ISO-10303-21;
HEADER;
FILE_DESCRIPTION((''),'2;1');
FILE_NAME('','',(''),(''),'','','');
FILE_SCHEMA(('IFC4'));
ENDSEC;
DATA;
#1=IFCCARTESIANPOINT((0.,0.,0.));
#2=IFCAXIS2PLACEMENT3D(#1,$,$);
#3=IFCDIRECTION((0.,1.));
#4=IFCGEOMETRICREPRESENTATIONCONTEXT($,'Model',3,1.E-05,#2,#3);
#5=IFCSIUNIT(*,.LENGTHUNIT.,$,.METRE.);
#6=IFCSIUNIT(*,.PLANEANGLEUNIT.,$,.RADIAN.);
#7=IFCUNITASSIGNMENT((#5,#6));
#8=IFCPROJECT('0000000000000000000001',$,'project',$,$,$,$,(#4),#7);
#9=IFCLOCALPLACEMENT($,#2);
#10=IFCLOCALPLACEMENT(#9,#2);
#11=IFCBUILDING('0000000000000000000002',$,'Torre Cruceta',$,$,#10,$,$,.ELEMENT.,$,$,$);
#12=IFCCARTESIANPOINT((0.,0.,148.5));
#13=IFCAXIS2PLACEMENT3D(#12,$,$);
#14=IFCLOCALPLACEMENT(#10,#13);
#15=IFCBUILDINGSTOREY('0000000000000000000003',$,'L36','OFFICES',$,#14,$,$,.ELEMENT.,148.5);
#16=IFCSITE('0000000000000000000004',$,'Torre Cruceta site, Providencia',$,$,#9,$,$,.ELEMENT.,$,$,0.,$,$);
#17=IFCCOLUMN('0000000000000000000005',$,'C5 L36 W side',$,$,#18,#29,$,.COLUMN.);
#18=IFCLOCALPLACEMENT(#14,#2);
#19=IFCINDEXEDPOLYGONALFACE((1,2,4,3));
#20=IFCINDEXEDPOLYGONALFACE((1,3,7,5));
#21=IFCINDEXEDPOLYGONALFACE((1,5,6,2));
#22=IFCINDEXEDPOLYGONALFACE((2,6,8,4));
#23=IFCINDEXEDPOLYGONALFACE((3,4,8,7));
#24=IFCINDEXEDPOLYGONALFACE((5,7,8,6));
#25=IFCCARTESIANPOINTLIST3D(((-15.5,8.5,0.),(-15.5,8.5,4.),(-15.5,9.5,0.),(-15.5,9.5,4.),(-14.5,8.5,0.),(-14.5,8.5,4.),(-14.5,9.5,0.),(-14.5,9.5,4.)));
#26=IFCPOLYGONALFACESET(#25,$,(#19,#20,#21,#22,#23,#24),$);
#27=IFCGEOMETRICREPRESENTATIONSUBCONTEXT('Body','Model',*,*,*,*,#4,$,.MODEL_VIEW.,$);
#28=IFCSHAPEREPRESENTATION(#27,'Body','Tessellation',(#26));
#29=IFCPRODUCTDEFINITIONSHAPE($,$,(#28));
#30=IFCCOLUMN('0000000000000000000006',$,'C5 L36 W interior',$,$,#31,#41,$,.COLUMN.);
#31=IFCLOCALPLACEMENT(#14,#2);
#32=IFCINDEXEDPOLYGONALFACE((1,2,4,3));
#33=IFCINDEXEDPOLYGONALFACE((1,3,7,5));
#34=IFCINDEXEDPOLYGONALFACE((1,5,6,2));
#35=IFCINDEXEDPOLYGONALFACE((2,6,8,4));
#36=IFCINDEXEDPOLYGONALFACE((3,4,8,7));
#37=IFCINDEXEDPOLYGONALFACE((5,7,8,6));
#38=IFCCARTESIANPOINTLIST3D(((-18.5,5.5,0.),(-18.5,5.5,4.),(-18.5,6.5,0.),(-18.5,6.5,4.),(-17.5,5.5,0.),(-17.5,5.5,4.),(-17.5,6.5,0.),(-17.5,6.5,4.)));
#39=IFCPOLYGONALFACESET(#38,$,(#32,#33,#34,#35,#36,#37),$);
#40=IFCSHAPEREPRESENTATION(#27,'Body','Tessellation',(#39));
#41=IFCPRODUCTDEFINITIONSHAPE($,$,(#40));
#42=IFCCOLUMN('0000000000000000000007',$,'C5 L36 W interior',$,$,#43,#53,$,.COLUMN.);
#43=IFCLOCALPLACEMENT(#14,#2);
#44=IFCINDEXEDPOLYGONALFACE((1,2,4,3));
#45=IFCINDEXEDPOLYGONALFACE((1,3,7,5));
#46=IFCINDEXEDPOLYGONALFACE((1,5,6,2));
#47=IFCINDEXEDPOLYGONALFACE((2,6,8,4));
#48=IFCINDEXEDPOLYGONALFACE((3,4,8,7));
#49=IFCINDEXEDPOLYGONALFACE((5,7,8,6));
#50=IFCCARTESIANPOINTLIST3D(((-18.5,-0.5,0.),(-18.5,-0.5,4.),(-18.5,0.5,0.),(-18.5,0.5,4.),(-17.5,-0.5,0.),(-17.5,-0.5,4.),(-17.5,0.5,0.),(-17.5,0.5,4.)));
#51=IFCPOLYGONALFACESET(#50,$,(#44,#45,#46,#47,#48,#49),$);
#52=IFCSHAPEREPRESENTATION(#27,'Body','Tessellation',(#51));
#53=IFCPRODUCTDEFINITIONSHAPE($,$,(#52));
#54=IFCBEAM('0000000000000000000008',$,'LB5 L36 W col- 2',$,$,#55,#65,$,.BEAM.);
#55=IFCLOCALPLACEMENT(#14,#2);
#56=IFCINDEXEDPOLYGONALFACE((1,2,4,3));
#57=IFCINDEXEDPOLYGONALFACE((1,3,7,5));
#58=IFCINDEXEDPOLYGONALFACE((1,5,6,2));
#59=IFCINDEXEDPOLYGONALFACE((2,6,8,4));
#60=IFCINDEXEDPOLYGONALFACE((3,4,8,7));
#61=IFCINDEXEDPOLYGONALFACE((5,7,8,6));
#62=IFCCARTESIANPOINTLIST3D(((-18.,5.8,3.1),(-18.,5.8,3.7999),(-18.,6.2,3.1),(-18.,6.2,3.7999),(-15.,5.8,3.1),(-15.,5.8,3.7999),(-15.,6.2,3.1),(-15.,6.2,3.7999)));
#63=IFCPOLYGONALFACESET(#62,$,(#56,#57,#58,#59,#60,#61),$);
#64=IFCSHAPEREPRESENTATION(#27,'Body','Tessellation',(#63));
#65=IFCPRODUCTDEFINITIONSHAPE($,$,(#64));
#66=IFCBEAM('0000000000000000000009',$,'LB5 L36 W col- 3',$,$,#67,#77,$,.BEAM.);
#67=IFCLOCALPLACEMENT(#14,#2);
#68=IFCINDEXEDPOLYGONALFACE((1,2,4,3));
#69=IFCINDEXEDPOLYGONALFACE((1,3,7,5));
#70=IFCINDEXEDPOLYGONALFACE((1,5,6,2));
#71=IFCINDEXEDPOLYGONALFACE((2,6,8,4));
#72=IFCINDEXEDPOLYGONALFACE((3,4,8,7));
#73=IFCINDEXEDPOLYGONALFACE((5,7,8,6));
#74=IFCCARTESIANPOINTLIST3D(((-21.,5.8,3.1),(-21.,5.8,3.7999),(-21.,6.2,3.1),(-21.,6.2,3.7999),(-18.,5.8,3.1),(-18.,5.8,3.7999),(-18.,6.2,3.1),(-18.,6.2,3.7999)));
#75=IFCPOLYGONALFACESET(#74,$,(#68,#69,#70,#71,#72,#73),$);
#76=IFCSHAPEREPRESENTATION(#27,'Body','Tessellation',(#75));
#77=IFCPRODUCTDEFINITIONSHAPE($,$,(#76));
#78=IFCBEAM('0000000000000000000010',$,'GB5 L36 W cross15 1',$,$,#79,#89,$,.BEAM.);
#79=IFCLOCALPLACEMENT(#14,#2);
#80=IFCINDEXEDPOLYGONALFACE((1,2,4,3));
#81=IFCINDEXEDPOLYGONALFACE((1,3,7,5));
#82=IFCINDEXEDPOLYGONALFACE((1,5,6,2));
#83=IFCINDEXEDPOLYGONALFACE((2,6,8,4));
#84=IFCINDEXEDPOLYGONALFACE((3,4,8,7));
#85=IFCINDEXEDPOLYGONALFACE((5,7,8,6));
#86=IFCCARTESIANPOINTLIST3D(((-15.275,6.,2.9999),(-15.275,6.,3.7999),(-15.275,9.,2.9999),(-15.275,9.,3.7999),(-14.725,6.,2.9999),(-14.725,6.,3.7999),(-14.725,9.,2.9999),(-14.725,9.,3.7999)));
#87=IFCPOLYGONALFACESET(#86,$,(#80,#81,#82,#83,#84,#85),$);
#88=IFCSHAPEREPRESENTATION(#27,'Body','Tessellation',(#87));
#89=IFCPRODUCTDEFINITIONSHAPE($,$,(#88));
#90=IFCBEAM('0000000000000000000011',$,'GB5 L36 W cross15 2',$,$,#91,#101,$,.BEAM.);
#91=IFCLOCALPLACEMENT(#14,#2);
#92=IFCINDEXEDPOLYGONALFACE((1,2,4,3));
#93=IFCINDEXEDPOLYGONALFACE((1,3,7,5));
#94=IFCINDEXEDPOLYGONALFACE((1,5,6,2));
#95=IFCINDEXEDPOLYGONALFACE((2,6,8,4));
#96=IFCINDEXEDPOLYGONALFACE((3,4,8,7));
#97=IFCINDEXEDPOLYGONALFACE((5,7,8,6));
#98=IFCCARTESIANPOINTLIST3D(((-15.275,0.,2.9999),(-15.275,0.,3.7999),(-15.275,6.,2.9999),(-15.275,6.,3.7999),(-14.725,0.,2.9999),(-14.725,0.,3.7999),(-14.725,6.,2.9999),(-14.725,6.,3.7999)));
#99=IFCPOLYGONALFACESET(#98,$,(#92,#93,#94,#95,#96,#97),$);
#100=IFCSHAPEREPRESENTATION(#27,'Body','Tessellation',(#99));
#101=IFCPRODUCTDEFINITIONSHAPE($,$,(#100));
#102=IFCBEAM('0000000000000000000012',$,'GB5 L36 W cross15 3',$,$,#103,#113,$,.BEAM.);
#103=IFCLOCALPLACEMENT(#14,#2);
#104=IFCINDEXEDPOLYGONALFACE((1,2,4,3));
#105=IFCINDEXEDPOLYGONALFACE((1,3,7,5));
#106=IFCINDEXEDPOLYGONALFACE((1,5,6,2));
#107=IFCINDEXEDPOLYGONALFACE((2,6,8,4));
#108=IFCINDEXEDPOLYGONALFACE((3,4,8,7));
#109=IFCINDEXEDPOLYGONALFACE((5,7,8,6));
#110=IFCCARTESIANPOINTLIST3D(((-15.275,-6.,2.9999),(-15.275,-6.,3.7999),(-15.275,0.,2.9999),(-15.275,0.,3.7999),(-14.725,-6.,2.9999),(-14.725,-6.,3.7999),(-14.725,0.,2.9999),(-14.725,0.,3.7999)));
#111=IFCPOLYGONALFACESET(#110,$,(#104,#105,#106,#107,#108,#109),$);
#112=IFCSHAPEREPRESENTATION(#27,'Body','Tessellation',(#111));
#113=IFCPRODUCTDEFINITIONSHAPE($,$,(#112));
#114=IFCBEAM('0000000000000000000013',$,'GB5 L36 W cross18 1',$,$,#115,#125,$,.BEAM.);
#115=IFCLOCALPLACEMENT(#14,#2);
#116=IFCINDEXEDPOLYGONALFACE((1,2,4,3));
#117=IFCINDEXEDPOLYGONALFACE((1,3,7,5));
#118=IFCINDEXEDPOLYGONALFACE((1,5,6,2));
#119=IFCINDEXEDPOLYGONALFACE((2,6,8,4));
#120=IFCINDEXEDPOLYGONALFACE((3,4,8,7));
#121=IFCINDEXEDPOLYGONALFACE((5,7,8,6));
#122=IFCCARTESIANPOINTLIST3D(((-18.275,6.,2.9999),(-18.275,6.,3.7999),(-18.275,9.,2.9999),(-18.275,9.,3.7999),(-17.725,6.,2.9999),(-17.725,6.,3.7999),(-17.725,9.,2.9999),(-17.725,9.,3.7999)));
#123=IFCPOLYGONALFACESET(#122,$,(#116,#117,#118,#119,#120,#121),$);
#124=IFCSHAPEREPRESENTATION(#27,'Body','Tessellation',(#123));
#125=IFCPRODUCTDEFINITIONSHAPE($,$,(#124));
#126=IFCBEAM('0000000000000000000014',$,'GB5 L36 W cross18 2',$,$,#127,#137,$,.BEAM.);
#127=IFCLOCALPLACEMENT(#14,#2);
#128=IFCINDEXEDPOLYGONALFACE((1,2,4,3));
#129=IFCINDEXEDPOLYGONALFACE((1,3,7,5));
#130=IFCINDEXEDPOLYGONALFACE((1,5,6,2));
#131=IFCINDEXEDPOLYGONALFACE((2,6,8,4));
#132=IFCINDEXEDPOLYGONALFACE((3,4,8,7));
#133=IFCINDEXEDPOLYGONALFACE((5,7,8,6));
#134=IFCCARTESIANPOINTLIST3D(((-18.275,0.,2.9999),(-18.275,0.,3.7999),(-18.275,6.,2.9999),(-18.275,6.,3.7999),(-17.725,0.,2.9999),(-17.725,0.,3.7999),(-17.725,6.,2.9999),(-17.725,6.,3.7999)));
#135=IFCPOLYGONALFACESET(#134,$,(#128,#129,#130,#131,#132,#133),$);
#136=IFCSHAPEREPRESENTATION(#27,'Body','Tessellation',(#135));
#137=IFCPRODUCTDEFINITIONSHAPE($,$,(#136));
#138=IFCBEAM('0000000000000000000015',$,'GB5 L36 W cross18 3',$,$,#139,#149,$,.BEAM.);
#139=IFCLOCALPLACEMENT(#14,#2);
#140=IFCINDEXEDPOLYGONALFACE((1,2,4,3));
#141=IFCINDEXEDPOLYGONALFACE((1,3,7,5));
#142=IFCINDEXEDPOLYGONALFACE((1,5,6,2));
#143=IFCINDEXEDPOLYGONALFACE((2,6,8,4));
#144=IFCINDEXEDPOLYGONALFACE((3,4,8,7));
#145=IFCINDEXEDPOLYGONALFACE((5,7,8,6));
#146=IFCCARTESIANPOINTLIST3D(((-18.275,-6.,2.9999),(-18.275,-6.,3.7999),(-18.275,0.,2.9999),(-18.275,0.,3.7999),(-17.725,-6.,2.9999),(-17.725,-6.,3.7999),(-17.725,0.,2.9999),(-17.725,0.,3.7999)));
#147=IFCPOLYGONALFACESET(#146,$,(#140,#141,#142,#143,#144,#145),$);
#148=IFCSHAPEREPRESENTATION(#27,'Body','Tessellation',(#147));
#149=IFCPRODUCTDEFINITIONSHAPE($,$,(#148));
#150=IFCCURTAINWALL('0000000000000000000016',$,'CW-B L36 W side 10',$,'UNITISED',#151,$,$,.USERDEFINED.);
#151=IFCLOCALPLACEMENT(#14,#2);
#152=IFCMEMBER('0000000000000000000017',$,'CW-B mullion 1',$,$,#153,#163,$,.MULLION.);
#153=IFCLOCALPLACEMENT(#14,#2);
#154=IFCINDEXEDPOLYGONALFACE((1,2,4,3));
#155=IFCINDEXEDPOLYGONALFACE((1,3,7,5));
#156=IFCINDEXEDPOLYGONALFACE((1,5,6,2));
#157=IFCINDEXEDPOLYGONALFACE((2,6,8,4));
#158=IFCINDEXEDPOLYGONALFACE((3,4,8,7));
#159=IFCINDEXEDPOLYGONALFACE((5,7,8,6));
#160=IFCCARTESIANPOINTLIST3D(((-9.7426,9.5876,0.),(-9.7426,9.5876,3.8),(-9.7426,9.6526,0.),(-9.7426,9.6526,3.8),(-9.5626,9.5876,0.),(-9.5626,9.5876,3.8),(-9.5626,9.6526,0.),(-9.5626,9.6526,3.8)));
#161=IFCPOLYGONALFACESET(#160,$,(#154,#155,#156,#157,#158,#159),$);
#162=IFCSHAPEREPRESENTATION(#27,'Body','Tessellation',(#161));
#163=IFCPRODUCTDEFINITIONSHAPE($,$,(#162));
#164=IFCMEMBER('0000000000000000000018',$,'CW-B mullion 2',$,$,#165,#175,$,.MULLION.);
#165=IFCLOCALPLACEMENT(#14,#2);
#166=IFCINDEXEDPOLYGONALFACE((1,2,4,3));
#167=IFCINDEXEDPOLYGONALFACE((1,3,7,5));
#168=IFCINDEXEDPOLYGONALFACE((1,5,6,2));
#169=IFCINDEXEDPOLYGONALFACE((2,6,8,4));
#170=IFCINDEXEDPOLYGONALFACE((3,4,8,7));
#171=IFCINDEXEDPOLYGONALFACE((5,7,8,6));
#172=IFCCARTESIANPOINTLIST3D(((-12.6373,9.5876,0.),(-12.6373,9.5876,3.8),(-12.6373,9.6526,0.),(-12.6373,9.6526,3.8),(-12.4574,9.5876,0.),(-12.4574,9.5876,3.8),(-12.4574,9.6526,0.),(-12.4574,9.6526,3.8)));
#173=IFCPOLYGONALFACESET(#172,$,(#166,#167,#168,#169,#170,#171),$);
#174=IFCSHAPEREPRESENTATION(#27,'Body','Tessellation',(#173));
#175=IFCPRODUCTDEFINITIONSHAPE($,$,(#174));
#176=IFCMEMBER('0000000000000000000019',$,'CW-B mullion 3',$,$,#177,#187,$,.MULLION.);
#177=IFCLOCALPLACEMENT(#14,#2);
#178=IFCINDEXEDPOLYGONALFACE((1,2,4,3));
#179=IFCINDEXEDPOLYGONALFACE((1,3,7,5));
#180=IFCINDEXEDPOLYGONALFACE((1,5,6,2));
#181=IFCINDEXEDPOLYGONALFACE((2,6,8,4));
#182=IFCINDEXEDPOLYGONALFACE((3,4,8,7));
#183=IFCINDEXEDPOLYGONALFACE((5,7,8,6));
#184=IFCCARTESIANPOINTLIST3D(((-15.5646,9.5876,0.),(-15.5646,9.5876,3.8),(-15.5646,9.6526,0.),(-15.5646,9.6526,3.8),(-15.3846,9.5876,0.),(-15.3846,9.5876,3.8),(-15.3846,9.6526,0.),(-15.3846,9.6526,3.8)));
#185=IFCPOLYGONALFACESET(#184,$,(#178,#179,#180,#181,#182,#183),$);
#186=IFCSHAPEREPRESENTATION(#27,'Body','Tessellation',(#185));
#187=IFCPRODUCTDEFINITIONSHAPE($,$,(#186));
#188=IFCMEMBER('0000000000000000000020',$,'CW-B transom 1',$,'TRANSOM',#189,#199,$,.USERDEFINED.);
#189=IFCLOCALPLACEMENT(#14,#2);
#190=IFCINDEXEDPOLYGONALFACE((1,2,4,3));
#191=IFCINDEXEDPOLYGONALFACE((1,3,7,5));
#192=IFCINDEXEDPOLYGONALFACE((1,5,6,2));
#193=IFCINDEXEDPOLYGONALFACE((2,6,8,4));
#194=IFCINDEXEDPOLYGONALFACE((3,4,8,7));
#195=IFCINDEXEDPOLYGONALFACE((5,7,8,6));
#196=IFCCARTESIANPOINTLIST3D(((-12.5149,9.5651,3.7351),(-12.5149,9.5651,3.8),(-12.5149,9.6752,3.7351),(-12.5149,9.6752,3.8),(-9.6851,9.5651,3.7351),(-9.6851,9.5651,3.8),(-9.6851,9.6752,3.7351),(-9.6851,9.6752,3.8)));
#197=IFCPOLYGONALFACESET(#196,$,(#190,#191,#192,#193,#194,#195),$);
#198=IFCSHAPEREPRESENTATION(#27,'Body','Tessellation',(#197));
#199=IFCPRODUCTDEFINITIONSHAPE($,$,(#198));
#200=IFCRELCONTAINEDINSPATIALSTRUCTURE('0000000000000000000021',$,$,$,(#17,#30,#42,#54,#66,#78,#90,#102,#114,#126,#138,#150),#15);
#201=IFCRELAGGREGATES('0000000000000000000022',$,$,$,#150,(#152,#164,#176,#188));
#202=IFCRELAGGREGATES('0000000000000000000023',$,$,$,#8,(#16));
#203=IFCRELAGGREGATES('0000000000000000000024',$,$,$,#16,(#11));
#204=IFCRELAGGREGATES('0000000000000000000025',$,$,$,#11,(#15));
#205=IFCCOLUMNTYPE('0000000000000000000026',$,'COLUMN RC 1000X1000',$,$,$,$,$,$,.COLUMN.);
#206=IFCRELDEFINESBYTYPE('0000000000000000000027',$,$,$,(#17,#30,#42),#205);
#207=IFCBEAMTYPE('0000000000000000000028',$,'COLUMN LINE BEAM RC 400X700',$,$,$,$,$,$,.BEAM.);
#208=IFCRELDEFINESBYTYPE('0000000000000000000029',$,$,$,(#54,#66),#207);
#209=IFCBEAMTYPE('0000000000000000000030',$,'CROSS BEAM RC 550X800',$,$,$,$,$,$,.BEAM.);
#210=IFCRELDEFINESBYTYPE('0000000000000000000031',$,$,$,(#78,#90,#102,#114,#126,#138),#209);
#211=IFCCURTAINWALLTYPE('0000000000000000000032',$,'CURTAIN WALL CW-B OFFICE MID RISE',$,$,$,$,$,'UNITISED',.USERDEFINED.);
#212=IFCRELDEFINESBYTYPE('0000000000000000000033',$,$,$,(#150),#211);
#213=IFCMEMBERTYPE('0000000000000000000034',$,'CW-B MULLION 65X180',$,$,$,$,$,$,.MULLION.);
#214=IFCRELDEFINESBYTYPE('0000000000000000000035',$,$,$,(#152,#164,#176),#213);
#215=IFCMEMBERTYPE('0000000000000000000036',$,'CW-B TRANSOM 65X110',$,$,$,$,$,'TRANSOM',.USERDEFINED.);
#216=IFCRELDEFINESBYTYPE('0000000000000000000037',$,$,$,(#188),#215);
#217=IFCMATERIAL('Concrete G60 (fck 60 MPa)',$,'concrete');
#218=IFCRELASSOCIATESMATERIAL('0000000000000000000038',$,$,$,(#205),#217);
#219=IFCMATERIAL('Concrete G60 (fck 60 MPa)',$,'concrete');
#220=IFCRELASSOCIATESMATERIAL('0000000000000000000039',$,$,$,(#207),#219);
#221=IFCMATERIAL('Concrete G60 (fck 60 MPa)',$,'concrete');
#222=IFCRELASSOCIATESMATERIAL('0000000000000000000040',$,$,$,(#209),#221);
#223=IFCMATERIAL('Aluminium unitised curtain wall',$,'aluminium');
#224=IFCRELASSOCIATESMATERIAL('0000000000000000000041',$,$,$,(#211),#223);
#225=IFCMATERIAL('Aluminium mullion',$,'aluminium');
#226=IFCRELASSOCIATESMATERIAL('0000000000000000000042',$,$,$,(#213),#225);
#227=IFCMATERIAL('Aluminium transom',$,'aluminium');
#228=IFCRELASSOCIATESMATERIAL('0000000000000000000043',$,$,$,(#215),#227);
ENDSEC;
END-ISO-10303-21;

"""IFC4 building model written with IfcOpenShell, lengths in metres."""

from ifc_helpers import new_model, si_unit, direction, frame, origin, origin_2d, place, context, subcontext, project, spatial, rectangle, extrude, material, material_profile, profile_set, type_object, element, aggregate, save


model = new_model("IFC4")

# Units and contexts
model_context = context("Model", 3, precision=1e-05, world=origin(), true_north=direction((0.0, 1.0)))
body_context = subcontext(model_context, "Body", "Model", "MODEL_VIEW")
ifc_project = project(units=[si_unit("LENGTHUNIT", "METRE"), si_unit("PLANEANGLEUNIT", "RADIAN")], contexts=[model_context])

# Site, building, storey
site_placement = place(None, origin())
site = spatial("IfcSite", under=ifc_project, at=site_placement, Name="Torre Cruceta site, Providencia", CompositionType="ELEMENT", RefElevation=0.0)
building_placement = place(site_placement, origin())
building = spatial("IfcBuilding", under=site, at=building_placement, Name="Torre Cruceta", CompositionType="ELEMENT")
storey_placement = place(building_placement, frame((0.0, 0.0, 148.5)))
storey = spatial("IfcBuildingStorey", under=building, at=storey_placement, Name="L36", Description="OFFICES", CompositionType="ELEMENT", Elevation=148.5)

# Columns
ifc_material_1 = material(Name="Concrete G60 (fck 60 MPa)", Category="concrete")
ifc_material_profile_1 = material_profile(ifc_material_1, rectangle(XDim=1.0, YDim=1.0, at=origin_2d()), Name="RC 1000X1000")
ifc_profile_set_1 = profile_set([ifc_material_profile_1], Name="Concrete G60 (fck 60 MPa)")
column_type = type_object("IfcColumnType", Name="COLUMN RC 1000X1000", PredefinedType="COLUMN", material=ifc_profile_set_1)
for number, where, z_axis, x_axis, name in (
    (1, (-15.0, 9.0, 0.0), (0.0, 0.0, 1.0), (1.0, 0.0, 0.0), "C5 L36 W side"),
    (2, (-18.0, 6.0, 0.0), (0.0, 0.0, 1.0), (1.0, 0.0, 0.0), "C5 L36 W interior"),
    (3, (-18.0, 0.0, 0.0), (0.0, 0.0, 1.0), (1.0, 0.0, 0.0), "C5 L36 W interior"),
):
    element("IfcColumn", number, at=place(storey_placement, frame(where, z_axis=z_axis, x_axis=x_axis)), inside=storey, type_object=column_type, Name=name, PredefinedType="COLUMN", context=body_context, shape_type="SweptSolid", body=[
        extrude(rectangle(XDim=1.0, YDim=1.0, at=origin_2d()), origin(), (0.0, 0.0, 1.0), 4.0),
    ])

# Beams
ifc_material_2 = material(Name="Concrete G60 (fck 60 MPa)", Category="concrete")
ifc_material_profile_2 = material_profile(ifc_material_2, rectangle(XDim=0.3999, YDim=0.7, at=origin_2d()), Name="RC 400X700")
ifc_profile_set_2 = profile_set([ifc_material_profile_2], Name="Concrete G60 (fck 60 MPa)")
beam_type_1 = type_object("IfcBeamType", Name="COLUMN LINE BEAM RC 400X700", PredefinedType="BEAM", material=ifc_profile_set_2)
for number, where, z_axis, x_axis, name in (
    (4, (-15.0, 6.0, 3.45), (-1.0, 0.0, 0.0), (0.0, -1.0, 0.0), "LB5 L36 W col- 2"),
    (5, (-18.0, 6.0, 3.45), (-1.0, 0.0, 0.0), (0.0, -1.0, 0.0), "LB5 L36 W col- 3"),
):
    element("IfcBeam", number, at=place(storey_placement, frame(where, z_axis=z_axis, x_axis=x_axis)), inside=storey, type_object=beam_type_1, Name=name, PredefinedType="BEAM", context=body_context, shape_type="SweptSolid", body=[
        extrude(rectangle(XDim=0.3999, YDim=0.7, at=origin_2d()), origin(), (0.0, 0.0, 1.0), 3.0),
    ])
ifc_material_3 = material(Name="Concrete G60 (fck 60 MPa)", Category="concrete")
ifc_material_profile_3 = material_profile(ifc_material_3, rectangle(XDim=0.55, YDim=0.8, at=origin_2d()), Name="RC 550X800")
ifc_profile_set_3 = profile_set([ifc_material_profile_3], Name="Concrete G60 (fck 60 MPa)")
beam_type_2 = type_object("IfcBeamType", Name="CROSS BEAM RC 550X800", PredefinedType="BEAM", material=ifc_profile_set_3)
beam_1_placement = place(storey_placement, frame((-15.0, 9.0, 3.3999), z_axis=(0.0, -1.0, 0.0), x_axis=(1.0, 0.0, 0.0)))
element("IfcBeam", 6, at=beam_1_placement, inside=storey, type_object=beam_type_2, Name="GB5 L36 W cross15 1", PredefinedType="BEAM", context=body_context, shape_type="SweptSolid", body=[
    extrude(rectangle(XDim=0.55, YDim=0.8, at=origin_2d()), origin(), (0.0, 0.0, 1.0), 3.0),
])
for number, where, z_axis, x_axis, name in (
    (7, (-15.0, 6.0, 3.3999), (0.0, -1.0, 0.0), (1.0, 0.0, 0.0), "GB5 L36 W cross15 2"),
    (8, (-15.0, 0.0, 3.3999), (0.0, -1.0, 0.0), (1.0, 0.0, 0.0), "GB5 L36 W cross15 3"),
):
    element("IfcBeam", number, at=place(storey_placement, frame(where, z_axis=z_axis, x_axis=x_axis)), inside=storey, type_object=beam_type_2, Name=name, PredefinedType="BEAM", context=body_context, shape_type="SweptSolid", body=[
        extrude(rectangle(XDim=0.55, YDim=0.8, at=origin_2d()), origin(), (0.0, 0.0, 1.0), 6.0),
    ])
beam_2_placement = place(storey_placement, frame((-18.0, 9.0, 3.3999), z_axis=(0.0, -1.0, 0.0), x_axis=(1.0, 0.0, 0.0)))
element("IfcBeam", 9, at=beam_2_placement, inside=storey, type_object=beam_type_2, Name="GB5 L36 W cross18 1", PredefinedType="BEAM", context=body_context, shape_type="SweptSolid", body=[
    extrude(rectangle(XDim=0.55, YDim=0.8, at=origin_2d()), origin(), (0.0, 0.0, 1.0), 3.0),
])
for number, where, z_axis, x_axis, name in (
    (10, (-18.0, 6.0, 3.3999), (0.0, -1.0, 0.0), (1.0, 0.0, 0.0), "GB5 L36 W cross18 2"),
    (11, (-18.0, 0.0, 3.3999), (0.0, -1.0, 0.0), (1.0, 0.0, 0.0), "GB5 L36 W cross18 3"),
):
    element("IfcBeam", number, at=place(storey_placement, frame(where, z_axis=z_axis, x_axis=x_axis)), inside=storey, type_object=beam_type_2, Name=name, PredefinedType="BEAM", context=body_context, shape_type="SweptSolid", body=[
        extrude(rectangle(XDim=0.55, YDim=0.8, at=origin_2d()), origin(), (0.0, 0.0, 1.0), 6.0),
    ])

# Curtain wall, members
ifc_material_4 = material(Name="Aluminium unitised curtain wall", Category="aluminium")
curtain_wall_type = type_object("IfcCurtainWallType", Name="CURTAIN WALL CW-B OFFICE MID RISE", ElementType="UNITISED", PredefinedType="USERDEFINED", material=ifc_material_4)
curtain_wall_placement = place(storey_placement, origin())
curtain_wall = element("IfcCurtainWall", 12, at=curtain_wall_placement, inside=storey, type_object=curtain_wall_type, Name="CW-B L36 W side 10", ObjectType="UNITISED", PredefinedType="USERDEFINED")
ifc_material_5 = material(Name="Aluminium mullion", Category="aluminium")
ifc_material_profile_4 = material_profile(ifc_material_5, rectangle(XDim=0.0649, YDim=0.1799, at=origin_2d()), Name="AL 65X180")
ifc_profile_set_4 = profile_set([ifc_material_profile_4], Name="Aluminium mullion")
member_type_1 = type_object("IfcMemberType", Name="CW-B MULLION 65X180", PredefinedType="MULLION", material=ifc_profile_set_4)
member_1_placement = place(storey_placement, frame((-9.6526, 9.6201, 0.0), z_axis=(0.0, 0.0, 1.0), x_axis=(0.0, -1.0, 0.0)))
member_1 = element("IfcMember", 13, at=member_1_placement, type_object=member_type_1, Name="CW-B mullion 1", PredefinedType="MULLION", context=body_context, shape_type="SweptSolid", body=[
    extrude(rectangle(XDim=0.0649, YDim=0.1799, at=origin_2d()), origin(), (0.0, 0.0, 1.0), 3.8),
])
member_2_placement = place(storey_placement, frame((-12.5474, 9.6201, 0.0), z_axis=(0.0, 0.0, 1.0), x_axis=(0.0, -1.0, 0.0)))
member_2 = element("IfcMember", 14, at=member_2_placement, type_object=member_type_1, Name="CW-B mullion 2", PredefinedType="MULLION", context=body_context, shape_type="SweptSolid", body=[
    extrude(rectangle(XDim=0.0649, YDim=0.1799, at=origin_2d()), origin(), (0.0, 0.0, 1.0), 3.8),
])
member_3_placement = place(storey_placement, frame((-15.4746, 9.6201, 0.0), z_axis=(0.0, 0.0, 1.0), x_axis=(0.0, -1.0, 0.0)))
member_3 = element("IfcMember", 15, at=member_3_placement, type_object=member_type_1, Name="CW-B mullion 3", PredefinedType="MULLION", context=body_context, shape_type="SweptSolid", body=[
    extrude(rectangle(XDim=0.0649, YDim=0.1799, at=origin_2d()), origin(), (0.0, 0.0, 1.0), 3.8),
])
ifc_material_6 = material(Name="Aluminium transom", Category="aluminium")
ifc_material_profile_5 = material_profile(ifc_material_6, rectangle(XDim=0.1101, YDim=0.0649, at=origin_2d()), Name="AL 110X65")
ifc_profile_set_5 = profile_set([ifc_material_profile_5], Name="Aluminium transom")
member_type_2 = type_object("IfcMemberType", Name="CW-B TRANSOM 65X110", ElementType="TRANSOM", PredefinedType="USERDEFINED", material=ifc_profile_set_5)
member_4_placement = place(storey_placement, frame((-9.6851, 9.6201, 3.7676), z_axis=(-1.0, 0.0, 0.0), x_axis=(0.0, -1.0, 0.0)))
member_4 = element("IfcMember", 16, at=member_4_placement, type_object=member_type_2, Name="CW-B transom 1", ObjectType="TRANSOM", PredefinedType="USERDEFINED", context=body_context, shape_type="SweptSolid", body=[
    extrude(rectangle(XDim=0.1101, YDim=0.0649, at=origin_2d()), origin(), (0.0, 0.0, 1.0), 2.8298),
])

aggregate(curtain_wall, [member_1, member_2, member_3, member_4])

save(model, "model.ifc")
